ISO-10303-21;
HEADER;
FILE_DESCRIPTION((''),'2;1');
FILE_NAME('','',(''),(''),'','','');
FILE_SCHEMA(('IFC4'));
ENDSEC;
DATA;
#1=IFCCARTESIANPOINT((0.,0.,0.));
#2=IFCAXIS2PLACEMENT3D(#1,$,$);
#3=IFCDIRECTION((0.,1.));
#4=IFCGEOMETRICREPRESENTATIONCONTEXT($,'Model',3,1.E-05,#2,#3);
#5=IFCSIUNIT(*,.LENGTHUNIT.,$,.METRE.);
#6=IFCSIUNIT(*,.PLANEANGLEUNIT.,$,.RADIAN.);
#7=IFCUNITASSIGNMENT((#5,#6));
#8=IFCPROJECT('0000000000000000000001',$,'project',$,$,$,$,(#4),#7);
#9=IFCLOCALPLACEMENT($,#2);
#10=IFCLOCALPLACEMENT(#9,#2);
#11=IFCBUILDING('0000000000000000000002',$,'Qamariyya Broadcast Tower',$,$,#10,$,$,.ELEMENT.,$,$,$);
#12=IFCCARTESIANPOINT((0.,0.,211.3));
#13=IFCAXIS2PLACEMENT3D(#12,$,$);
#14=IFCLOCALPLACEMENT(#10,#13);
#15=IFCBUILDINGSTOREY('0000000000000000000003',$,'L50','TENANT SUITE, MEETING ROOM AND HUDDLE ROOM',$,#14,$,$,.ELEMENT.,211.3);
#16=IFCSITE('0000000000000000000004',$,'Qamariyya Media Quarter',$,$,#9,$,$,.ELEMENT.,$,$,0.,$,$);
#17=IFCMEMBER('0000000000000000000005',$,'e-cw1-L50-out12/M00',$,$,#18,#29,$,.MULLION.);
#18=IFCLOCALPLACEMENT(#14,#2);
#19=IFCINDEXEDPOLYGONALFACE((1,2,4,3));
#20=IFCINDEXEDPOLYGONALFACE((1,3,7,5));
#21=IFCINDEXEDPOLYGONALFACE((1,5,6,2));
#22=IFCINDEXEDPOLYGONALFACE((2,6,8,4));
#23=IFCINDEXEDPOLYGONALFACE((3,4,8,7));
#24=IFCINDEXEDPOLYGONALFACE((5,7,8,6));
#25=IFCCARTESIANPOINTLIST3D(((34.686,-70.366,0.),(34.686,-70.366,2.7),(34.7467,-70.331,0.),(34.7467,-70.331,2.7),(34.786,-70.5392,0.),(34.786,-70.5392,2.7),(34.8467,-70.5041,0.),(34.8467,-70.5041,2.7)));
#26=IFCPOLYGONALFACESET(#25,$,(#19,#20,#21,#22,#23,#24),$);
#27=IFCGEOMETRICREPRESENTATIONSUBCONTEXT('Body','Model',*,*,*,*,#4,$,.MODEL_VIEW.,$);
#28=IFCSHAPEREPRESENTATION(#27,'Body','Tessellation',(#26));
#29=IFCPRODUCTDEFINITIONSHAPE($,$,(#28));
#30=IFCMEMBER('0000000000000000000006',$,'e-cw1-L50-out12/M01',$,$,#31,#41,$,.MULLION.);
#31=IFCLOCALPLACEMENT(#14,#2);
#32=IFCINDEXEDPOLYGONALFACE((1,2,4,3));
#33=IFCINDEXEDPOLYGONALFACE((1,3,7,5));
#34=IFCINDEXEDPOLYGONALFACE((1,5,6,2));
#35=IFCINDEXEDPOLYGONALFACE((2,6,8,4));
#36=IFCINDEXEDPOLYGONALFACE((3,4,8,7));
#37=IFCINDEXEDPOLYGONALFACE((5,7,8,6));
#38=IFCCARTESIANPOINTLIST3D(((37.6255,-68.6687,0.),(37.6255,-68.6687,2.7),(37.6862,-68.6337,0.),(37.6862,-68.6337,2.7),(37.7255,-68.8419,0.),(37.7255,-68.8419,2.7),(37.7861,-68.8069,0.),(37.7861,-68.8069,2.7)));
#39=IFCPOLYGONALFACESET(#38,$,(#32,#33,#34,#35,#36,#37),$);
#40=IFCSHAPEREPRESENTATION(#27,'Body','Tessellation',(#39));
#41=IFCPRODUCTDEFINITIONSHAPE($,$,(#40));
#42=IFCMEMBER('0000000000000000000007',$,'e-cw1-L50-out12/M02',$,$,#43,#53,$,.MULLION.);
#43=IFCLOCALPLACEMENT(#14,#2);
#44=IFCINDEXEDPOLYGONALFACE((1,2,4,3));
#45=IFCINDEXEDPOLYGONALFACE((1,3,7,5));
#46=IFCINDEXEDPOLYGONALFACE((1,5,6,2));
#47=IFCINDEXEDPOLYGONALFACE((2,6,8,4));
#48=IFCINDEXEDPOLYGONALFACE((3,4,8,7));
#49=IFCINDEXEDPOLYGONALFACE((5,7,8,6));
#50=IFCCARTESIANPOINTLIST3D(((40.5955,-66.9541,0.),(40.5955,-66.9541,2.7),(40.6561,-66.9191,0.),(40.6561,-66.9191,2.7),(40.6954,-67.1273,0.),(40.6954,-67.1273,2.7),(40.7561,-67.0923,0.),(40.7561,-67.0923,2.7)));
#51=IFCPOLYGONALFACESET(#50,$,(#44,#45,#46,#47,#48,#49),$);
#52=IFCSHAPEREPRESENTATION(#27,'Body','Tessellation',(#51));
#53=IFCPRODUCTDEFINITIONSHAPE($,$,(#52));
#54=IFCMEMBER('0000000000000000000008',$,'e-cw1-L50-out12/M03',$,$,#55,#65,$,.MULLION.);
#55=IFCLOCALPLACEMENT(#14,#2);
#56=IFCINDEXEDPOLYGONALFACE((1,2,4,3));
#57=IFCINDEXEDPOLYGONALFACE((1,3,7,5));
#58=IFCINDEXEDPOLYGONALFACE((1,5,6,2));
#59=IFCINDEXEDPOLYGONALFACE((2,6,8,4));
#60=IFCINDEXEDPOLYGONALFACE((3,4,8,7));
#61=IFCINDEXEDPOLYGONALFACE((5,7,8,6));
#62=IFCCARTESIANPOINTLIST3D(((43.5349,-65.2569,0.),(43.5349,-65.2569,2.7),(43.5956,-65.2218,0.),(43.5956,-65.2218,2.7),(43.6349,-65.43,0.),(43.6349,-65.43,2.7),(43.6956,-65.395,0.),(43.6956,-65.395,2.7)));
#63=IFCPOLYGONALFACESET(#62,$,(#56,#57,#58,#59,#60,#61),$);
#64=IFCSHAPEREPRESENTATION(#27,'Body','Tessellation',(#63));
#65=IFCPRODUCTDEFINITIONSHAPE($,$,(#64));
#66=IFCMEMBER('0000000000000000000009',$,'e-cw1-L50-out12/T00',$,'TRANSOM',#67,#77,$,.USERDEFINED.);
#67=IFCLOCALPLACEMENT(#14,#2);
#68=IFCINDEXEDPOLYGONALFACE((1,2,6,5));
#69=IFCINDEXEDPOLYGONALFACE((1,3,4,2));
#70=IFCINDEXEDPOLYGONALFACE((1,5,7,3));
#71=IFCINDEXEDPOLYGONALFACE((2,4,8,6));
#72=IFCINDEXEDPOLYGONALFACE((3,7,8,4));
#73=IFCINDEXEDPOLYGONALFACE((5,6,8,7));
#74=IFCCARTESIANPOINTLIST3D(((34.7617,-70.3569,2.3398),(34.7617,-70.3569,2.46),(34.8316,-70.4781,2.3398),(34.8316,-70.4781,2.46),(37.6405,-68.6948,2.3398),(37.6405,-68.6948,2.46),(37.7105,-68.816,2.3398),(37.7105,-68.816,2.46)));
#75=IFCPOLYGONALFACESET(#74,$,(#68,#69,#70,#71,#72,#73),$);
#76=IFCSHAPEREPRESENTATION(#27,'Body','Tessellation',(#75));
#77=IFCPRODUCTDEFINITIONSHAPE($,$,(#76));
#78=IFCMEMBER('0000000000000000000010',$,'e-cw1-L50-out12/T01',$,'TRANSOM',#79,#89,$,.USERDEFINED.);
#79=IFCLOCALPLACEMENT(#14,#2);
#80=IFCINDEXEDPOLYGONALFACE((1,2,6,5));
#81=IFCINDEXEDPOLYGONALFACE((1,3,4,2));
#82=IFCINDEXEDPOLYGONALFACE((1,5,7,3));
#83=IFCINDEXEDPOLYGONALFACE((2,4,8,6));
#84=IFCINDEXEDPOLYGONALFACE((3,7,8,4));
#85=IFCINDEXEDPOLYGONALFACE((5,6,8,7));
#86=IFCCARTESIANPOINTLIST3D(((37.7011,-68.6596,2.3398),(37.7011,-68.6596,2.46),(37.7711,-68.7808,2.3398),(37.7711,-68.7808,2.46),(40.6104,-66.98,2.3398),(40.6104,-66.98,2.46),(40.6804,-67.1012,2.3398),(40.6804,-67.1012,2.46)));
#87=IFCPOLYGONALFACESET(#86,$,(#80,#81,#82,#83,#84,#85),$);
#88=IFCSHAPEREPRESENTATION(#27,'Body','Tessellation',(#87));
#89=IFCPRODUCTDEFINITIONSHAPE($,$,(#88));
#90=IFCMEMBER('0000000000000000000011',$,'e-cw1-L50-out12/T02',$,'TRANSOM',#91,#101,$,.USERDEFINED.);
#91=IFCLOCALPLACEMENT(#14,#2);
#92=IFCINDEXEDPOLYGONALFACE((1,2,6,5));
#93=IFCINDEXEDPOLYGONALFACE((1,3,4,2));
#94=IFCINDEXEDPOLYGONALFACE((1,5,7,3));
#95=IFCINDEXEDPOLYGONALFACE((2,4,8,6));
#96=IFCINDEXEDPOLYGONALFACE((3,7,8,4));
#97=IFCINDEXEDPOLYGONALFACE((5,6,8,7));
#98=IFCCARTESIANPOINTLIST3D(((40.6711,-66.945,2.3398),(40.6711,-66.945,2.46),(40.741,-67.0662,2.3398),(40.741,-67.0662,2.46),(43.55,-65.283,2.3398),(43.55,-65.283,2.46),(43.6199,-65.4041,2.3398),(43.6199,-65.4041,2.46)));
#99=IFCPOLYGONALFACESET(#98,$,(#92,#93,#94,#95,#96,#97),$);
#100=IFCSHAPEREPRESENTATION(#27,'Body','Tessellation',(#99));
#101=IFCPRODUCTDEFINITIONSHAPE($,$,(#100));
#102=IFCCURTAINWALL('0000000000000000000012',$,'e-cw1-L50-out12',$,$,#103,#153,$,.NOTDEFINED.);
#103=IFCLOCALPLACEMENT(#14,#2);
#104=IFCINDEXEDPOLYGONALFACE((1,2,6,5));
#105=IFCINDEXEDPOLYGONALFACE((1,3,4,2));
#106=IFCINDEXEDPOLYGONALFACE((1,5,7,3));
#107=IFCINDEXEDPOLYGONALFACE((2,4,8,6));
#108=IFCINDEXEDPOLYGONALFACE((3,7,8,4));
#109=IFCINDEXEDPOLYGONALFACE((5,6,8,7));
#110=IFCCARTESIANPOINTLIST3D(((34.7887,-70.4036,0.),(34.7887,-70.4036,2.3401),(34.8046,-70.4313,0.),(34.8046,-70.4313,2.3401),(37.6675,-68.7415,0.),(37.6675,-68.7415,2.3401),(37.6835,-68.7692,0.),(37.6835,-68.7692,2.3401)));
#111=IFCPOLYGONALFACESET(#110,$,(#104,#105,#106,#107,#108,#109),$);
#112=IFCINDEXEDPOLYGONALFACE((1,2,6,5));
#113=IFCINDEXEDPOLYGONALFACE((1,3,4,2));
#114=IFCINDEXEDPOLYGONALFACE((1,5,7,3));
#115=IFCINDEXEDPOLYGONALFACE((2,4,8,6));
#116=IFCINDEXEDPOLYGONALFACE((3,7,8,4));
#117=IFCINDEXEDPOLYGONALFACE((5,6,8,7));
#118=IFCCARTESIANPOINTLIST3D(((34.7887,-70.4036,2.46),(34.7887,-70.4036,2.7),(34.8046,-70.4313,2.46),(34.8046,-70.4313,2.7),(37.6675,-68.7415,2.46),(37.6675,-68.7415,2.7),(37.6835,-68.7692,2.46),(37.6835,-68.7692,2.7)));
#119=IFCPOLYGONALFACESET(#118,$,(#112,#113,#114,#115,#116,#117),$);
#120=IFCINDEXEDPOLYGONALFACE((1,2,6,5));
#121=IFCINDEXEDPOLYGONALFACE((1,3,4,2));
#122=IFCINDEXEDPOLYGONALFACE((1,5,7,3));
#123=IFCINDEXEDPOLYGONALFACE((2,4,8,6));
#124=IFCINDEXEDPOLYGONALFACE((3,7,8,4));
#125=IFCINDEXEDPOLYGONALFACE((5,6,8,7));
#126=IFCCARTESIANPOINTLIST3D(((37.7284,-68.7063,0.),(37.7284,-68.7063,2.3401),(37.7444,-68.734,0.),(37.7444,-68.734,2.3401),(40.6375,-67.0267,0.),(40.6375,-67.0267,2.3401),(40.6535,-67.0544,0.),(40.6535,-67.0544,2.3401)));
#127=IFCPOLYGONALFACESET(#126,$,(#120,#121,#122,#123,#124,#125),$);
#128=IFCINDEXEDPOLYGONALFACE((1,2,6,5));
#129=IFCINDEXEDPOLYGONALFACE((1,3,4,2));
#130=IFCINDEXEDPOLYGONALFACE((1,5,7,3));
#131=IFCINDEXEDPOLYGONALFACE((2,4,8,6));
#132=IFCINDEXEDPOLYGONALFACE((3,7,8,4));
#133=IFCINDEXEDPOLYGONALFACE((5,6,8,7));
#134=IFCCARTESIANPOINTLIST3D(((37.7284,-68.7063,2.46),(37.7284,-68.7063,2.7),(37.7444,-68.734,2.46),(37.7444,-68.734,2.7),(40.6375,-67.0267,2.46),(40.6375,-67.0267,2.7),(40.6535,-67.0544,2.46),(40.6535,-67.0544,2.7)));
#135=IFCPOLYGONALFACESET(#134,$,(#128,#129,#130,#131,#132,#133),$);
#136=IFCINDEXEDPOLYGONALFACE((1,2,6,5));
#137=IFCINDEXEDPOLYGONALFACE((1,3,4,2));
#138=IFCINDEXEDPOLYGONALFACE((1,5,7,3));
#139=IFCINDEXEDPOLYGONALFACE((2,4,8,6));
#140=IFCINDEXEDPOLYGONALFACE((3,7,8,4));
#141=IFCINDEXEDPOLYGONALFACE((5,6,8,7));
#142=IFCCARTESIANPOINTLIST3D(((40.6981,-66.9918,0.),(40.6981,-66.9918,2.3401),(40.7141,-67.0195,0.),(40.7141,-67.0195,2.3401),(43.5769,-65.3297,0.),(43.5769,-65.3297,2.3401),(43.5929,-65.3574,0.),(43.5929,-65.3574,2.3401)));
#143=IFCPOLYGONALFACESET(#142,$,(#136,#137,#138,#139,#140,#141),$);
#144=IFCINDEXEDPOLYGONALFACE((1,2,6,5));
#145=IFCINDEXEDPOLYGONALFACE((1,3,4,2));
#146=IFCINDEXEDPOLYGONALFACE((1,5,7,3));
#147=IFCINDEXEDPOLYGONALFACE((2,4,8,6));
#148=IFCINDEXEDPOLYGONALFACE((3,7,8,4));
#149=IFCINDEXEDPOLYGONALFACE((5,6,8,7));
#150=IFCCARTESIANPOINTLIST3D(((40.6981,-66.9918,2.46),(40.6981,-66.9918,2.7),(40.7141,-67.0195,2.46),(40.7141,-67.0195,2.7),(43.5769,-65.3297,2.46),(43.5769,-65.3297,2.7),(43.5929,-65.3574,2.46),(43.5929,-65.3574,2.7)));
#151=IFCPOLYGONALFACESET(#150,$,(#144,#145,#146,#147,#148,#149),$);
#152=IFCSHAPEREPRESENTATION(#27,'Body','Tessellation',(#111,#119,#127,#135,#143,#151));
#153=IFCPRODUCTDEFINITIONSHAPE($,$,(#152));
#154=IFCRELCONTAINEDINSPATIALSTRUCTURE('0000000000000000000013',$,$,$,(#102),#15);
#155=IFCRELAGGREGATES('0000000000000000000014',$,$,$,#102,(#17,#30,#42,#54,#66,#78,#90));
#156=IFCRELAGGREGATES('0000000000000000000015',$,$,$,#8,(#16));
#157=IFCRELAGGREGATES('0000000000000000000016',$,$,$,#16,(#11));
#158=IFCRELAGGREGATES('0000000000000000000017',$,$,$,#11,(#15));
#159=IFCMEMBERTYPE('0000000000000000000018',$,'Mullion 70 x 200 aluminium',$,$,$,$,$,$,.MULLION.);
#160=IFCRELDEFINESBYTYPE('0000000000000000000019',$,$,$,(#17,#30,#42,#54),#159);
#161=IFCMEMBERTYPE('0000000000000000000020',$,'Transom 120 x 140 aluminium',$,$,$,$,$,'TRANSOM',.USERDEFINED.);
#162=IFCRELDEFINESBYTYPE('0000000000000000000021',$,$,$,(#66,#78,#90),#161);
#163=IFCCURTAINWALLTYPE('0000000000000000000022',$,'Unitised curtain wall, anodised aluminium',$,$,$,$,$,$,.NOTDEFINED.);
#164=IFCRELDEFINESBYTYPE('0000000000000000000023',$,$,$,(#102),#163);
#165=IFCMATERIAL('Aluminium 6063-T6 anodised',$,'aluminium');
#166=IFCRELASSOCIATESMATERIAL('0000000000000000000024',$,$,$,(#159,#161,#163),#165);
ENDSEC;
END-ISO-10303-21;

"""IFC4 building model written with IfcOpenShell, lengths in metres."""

from ifc_helpers import new_model, si_unit, direction, frame, origin, origin_2d, place, context, subcontext, project, spatial, rectangle, extrude, material, material_profile, profile_set, type_object, element, aggregate, save


model = new_model("IFC4")

# Units and contexts
model_context = context("Model", 3, precision=1e-05, world=origin(), true_north=direction((0.0, 1.0)))
body_context = subcontext(model_context, "Body", "Model", "MODEL_VIEW")
ifc_project = project(units=[si_unit("LENGTHUNIT", "METRE"), si_unit("PLANEANGLEUNIT", "RADIAN")], contexts=[model_context])

# Members
ifc_material = material(Name="Aluminium 6063-T6 anodised", Category="aluminium")
ifc_material_profile_1 = material_profile(ifc_material, rectangle(XDim=0.2, YDim=0.0701, at=origin_2d()))
ifc_profile_set_1 = profile_set([ifc_material_profile_1], Name="Aluminium 6063-T6 anodised")
member_type_1 = type_object("IfcMemberType", Name="Mullion 70 x 200 aluminium", PredefinedType="MULLION", material=ifc_profile_set_1)
site_placement = place(None, origin())
building_placement = place(site_placement, origin())
storey_placement = place(building_placement, frame((0.0, 0.0, 211.3)))
member_1_placement = place(storey_placement, frame((34.7664, -70.4351, 0.0), z_axis=(0.0, 0.0, 1.0), x_axis=(-0.5, 0.866025, 0.0)))
member_1 = element("IfcMember", 1, at=member_1_placement, type_object=member_type_1, Name="e-cw1-L50-out12/M00", PredefinedType="MULLION", context=body_context, shape_type="SweptSolid", body=[
    extrude(rectangle(XDim=0.2, YDim=0.0701, at=origin_2d()), origin(), (0.0, 0.0, 1.0), 2.7),
])
member_2_placement = place(storey_placement, frame((37.7058, -68.7378, 0.0), z_axis=(0.0, 0.0, 1.0), x_axis=(-0.5, 0.866025, 0.0)))
member_2 = element("IfcMember", 2, at=member_2_placement, type_object=member_type_1, Name="e-cw1-L50-out12/M01", PredefinedType="MULLION", context=body_context, shape_type="SweptSolid", body=[
    extrude(rectangle(XDim=0.2, YDim=0.0701, at=origin_2d()), origin(), (0.0, 0.0, 1.0), 2.7),
])
member_3_placement = place(storey_placement, frame((40.6758, -67.0232, 0.0), z_axis=(0.0, 0.0, 1.0), x_axis=(-0.5, 0.866025, 0.0)))
member_3 = element("IfcMember", 3, at=member_3_placement, type_object=member_type_1, Name="e-cw1-L50-out12/M02", PredefinedType="MULLION", context=body_context, shape_type="SweptSolid", body=[
    extrude(rectangle(XDim=0.2, YDim=0.0701, at=origin_2d()), origin(), (0.0, 0.0, 1.0), 2.7),
])
member_4_placement = place(storey_placement, frame((43.6152, -65.3259, 0.0), z_axis=(0.0, 0.0, 1.0), x_axis=(-0.5, 0.866025, 0.0)))
member_4 = element("IfcMember", 4, at=member_4_placement, type_object=member_type_1, Name="e-cw1-L50-out12/M03", PredefinedType="MULLION", context=body_context, shape_type="SweptSolid", body=[
    extrude(rectangle(XDim=0.2, YDim=0.0701, at=origin_2d()), origin(), (0.0, 0.0, 1.0), 2.7),
])
ifc_material_profile_2 = material_profile(ifc_material, rectangle(XDim=0.1399, YDim=0.1201, at=origin_2d()))
ifc_profile_set_2 = profile_set([ifc_material_profile_2], Name="Aluminium 6063-T6 anodised")
member_type_2 = type_object("IfcMemberType", Name="Transom 120 x 140 aluminium", ElementType="TRANSOM", PredefinedType="USERDEFINED", material=ifc_profile_set_2)
member_5_placement = place(storey_placement, frame((34.7966, -70.4175, 2.3999), z_axis=(0.866029, 0.499994, 0.0), x_axis=(-0.499994, 0.866029, 0.0)))
member_5 = element("IfcMember", 5, at=member_5_placement, type_object=member_type_2, Name="e-cw1-L50-out12/T00", ObjectType="TRANSOM", PredefinedType="USERDEFINED", context=body_context, shape_type="SweptSolid", body=[
    extrude(rectangle(XDim=0.1399, YDim=0.1201, at=origin_2d()), origin(), (0.0, 0.0, 1.0), 3.3242),
])
member_6_placement = place(storey_placement, frame((37.7361, -68.7202, 2.3999), z_axis=(0.866034, 0.499985, 0.0), x_axis=(-0.499985, 0.866034, 0.0)))
member_6 = element("IfcMember", 6, at=member_6_placement, type_object=member_type_2, Name="e-cw1-L50-out12/T01", ObjectType="TRANSOM", PredefinedType="USERDEFINED", context=body_context, shape_type="SweptSolid", body=[
    extrude(rectangle(XDim=0.1399, YDim=0.1201, at=origin_2d()), origin(), (0.0, 0.0, 1.0), 3.3594),
])
member_7_placement = place(storey_placement, frame((40.7061, -67.0056, 2.3999), z_axis=(0.866029, 0.499994, 0.0), x_axis=(-0.499994, 0.866029, 0.0)))
member_7 = element("IfcMember", 7, at=member_7_placement, type_object=member_type_2, Name="e-cw1-L50-out12/T02", ObjectType="TRANSOM", PredefinedType="USERDEFINED", context=body_context, shape_type="SweptSolid", body=[
    extrude(rectangle(XDim=0.1399, YDim=0.1201, at=origin_2d()), origin(), (0.0, 0.0, 1.0), 3.3242),
])

# Site, building, storey
site = spatial("IfcSite", under=ifc_project, at=site_placement, Name="Qamariyya Media Quarter", CompositionType="ELEMENT", RefElevation=0.0)
building = spatial("IfcBuilding", under=site, at=building_placement, Name="Qamariyya Broadcast Tower", CompositionType="ELEMENT")
storey = spatial("IfcBuildingStorey", under=building, at=storey_placement, Name="L50", Description="TENANT SUITE, MEETING ROOM AND HUDDLE ROOM", CompositionType="ELEMENT", Elevation=211.3)

# Curtain wall
curtain_wall_type = type_object("IfcCurtainWallType", Name="Unitised curtain wall, anodised aluminium", PredefinedType="NOTDEFINED", material=ifc_material)
curtain_wall_1_placement = place(storey_placement, origin())
curtain_wall_1 = element("IfcCurtainWall", 8, at=curtain_wall_1_placement, inside=storey, type_object=curtain_wall_type, Name="e-cw1-L50-out12", PredefinedType="NOTDEFINED", context=body_context, shape_type="SweptSolid", body=[
    extrude(rectangle(XDim=3.3242, YDim=0.032, at=origin_2d()), frame((36.2361, -69.5864, 0.0), x_axis=(0.866028, 0.499996, 0.0)), (0.0, 0.0, 1.0), 2.3401),
    extrude(rectangle(XDim=3.3242, YDim=0.032, at=origin_2d()), frame((36.2361, -69.5864, 2.46), x_axis=(0.866028, 0.499996, 0.0)), (0.0, 0.0, 1.0), 0.24),
    extrude(rectangle(XDim=3.3591, YDim=0.032, at=origin_2d()), frame((39.1909, -67.8804, 0.0), x_axis=(0.866028, 0.499996, 0.0)), (0.0, 0.0, 1.0), 2.3401),
    extrude(rectangle(XDim=3.3591, YDim=0.032, at=origin_2d()), frame((39.1909, -67.8804, 2.46), x_axis=(0.866028, 0.499996, 0.0)), (0.0, 0.0, 1.0), 0.24),
    extrude(rectangle(XDim=3.3242, YDim=0.032, at=origin_2d()), frame((42.1455, -66.1746, 0.0), x_axis=(0.866028, 0.499996, 0.0)), (0.0, 0.0, 1.0), 2.3401),
    extrude(rectangle(XDim=3.3242, YDim=0.032, at=origin_2d()), frame((42.1455, -66.1746, 2.46), x_axis=(0.866028, 0.499996, 0.0)), (0.0, 0.0, 1.0), 0.24),
])
aggregate(curtain_wall_1, [member_1, member_2, member_3, member_4, member_5, member_6, member_7])

save(model, "model.ifc")
